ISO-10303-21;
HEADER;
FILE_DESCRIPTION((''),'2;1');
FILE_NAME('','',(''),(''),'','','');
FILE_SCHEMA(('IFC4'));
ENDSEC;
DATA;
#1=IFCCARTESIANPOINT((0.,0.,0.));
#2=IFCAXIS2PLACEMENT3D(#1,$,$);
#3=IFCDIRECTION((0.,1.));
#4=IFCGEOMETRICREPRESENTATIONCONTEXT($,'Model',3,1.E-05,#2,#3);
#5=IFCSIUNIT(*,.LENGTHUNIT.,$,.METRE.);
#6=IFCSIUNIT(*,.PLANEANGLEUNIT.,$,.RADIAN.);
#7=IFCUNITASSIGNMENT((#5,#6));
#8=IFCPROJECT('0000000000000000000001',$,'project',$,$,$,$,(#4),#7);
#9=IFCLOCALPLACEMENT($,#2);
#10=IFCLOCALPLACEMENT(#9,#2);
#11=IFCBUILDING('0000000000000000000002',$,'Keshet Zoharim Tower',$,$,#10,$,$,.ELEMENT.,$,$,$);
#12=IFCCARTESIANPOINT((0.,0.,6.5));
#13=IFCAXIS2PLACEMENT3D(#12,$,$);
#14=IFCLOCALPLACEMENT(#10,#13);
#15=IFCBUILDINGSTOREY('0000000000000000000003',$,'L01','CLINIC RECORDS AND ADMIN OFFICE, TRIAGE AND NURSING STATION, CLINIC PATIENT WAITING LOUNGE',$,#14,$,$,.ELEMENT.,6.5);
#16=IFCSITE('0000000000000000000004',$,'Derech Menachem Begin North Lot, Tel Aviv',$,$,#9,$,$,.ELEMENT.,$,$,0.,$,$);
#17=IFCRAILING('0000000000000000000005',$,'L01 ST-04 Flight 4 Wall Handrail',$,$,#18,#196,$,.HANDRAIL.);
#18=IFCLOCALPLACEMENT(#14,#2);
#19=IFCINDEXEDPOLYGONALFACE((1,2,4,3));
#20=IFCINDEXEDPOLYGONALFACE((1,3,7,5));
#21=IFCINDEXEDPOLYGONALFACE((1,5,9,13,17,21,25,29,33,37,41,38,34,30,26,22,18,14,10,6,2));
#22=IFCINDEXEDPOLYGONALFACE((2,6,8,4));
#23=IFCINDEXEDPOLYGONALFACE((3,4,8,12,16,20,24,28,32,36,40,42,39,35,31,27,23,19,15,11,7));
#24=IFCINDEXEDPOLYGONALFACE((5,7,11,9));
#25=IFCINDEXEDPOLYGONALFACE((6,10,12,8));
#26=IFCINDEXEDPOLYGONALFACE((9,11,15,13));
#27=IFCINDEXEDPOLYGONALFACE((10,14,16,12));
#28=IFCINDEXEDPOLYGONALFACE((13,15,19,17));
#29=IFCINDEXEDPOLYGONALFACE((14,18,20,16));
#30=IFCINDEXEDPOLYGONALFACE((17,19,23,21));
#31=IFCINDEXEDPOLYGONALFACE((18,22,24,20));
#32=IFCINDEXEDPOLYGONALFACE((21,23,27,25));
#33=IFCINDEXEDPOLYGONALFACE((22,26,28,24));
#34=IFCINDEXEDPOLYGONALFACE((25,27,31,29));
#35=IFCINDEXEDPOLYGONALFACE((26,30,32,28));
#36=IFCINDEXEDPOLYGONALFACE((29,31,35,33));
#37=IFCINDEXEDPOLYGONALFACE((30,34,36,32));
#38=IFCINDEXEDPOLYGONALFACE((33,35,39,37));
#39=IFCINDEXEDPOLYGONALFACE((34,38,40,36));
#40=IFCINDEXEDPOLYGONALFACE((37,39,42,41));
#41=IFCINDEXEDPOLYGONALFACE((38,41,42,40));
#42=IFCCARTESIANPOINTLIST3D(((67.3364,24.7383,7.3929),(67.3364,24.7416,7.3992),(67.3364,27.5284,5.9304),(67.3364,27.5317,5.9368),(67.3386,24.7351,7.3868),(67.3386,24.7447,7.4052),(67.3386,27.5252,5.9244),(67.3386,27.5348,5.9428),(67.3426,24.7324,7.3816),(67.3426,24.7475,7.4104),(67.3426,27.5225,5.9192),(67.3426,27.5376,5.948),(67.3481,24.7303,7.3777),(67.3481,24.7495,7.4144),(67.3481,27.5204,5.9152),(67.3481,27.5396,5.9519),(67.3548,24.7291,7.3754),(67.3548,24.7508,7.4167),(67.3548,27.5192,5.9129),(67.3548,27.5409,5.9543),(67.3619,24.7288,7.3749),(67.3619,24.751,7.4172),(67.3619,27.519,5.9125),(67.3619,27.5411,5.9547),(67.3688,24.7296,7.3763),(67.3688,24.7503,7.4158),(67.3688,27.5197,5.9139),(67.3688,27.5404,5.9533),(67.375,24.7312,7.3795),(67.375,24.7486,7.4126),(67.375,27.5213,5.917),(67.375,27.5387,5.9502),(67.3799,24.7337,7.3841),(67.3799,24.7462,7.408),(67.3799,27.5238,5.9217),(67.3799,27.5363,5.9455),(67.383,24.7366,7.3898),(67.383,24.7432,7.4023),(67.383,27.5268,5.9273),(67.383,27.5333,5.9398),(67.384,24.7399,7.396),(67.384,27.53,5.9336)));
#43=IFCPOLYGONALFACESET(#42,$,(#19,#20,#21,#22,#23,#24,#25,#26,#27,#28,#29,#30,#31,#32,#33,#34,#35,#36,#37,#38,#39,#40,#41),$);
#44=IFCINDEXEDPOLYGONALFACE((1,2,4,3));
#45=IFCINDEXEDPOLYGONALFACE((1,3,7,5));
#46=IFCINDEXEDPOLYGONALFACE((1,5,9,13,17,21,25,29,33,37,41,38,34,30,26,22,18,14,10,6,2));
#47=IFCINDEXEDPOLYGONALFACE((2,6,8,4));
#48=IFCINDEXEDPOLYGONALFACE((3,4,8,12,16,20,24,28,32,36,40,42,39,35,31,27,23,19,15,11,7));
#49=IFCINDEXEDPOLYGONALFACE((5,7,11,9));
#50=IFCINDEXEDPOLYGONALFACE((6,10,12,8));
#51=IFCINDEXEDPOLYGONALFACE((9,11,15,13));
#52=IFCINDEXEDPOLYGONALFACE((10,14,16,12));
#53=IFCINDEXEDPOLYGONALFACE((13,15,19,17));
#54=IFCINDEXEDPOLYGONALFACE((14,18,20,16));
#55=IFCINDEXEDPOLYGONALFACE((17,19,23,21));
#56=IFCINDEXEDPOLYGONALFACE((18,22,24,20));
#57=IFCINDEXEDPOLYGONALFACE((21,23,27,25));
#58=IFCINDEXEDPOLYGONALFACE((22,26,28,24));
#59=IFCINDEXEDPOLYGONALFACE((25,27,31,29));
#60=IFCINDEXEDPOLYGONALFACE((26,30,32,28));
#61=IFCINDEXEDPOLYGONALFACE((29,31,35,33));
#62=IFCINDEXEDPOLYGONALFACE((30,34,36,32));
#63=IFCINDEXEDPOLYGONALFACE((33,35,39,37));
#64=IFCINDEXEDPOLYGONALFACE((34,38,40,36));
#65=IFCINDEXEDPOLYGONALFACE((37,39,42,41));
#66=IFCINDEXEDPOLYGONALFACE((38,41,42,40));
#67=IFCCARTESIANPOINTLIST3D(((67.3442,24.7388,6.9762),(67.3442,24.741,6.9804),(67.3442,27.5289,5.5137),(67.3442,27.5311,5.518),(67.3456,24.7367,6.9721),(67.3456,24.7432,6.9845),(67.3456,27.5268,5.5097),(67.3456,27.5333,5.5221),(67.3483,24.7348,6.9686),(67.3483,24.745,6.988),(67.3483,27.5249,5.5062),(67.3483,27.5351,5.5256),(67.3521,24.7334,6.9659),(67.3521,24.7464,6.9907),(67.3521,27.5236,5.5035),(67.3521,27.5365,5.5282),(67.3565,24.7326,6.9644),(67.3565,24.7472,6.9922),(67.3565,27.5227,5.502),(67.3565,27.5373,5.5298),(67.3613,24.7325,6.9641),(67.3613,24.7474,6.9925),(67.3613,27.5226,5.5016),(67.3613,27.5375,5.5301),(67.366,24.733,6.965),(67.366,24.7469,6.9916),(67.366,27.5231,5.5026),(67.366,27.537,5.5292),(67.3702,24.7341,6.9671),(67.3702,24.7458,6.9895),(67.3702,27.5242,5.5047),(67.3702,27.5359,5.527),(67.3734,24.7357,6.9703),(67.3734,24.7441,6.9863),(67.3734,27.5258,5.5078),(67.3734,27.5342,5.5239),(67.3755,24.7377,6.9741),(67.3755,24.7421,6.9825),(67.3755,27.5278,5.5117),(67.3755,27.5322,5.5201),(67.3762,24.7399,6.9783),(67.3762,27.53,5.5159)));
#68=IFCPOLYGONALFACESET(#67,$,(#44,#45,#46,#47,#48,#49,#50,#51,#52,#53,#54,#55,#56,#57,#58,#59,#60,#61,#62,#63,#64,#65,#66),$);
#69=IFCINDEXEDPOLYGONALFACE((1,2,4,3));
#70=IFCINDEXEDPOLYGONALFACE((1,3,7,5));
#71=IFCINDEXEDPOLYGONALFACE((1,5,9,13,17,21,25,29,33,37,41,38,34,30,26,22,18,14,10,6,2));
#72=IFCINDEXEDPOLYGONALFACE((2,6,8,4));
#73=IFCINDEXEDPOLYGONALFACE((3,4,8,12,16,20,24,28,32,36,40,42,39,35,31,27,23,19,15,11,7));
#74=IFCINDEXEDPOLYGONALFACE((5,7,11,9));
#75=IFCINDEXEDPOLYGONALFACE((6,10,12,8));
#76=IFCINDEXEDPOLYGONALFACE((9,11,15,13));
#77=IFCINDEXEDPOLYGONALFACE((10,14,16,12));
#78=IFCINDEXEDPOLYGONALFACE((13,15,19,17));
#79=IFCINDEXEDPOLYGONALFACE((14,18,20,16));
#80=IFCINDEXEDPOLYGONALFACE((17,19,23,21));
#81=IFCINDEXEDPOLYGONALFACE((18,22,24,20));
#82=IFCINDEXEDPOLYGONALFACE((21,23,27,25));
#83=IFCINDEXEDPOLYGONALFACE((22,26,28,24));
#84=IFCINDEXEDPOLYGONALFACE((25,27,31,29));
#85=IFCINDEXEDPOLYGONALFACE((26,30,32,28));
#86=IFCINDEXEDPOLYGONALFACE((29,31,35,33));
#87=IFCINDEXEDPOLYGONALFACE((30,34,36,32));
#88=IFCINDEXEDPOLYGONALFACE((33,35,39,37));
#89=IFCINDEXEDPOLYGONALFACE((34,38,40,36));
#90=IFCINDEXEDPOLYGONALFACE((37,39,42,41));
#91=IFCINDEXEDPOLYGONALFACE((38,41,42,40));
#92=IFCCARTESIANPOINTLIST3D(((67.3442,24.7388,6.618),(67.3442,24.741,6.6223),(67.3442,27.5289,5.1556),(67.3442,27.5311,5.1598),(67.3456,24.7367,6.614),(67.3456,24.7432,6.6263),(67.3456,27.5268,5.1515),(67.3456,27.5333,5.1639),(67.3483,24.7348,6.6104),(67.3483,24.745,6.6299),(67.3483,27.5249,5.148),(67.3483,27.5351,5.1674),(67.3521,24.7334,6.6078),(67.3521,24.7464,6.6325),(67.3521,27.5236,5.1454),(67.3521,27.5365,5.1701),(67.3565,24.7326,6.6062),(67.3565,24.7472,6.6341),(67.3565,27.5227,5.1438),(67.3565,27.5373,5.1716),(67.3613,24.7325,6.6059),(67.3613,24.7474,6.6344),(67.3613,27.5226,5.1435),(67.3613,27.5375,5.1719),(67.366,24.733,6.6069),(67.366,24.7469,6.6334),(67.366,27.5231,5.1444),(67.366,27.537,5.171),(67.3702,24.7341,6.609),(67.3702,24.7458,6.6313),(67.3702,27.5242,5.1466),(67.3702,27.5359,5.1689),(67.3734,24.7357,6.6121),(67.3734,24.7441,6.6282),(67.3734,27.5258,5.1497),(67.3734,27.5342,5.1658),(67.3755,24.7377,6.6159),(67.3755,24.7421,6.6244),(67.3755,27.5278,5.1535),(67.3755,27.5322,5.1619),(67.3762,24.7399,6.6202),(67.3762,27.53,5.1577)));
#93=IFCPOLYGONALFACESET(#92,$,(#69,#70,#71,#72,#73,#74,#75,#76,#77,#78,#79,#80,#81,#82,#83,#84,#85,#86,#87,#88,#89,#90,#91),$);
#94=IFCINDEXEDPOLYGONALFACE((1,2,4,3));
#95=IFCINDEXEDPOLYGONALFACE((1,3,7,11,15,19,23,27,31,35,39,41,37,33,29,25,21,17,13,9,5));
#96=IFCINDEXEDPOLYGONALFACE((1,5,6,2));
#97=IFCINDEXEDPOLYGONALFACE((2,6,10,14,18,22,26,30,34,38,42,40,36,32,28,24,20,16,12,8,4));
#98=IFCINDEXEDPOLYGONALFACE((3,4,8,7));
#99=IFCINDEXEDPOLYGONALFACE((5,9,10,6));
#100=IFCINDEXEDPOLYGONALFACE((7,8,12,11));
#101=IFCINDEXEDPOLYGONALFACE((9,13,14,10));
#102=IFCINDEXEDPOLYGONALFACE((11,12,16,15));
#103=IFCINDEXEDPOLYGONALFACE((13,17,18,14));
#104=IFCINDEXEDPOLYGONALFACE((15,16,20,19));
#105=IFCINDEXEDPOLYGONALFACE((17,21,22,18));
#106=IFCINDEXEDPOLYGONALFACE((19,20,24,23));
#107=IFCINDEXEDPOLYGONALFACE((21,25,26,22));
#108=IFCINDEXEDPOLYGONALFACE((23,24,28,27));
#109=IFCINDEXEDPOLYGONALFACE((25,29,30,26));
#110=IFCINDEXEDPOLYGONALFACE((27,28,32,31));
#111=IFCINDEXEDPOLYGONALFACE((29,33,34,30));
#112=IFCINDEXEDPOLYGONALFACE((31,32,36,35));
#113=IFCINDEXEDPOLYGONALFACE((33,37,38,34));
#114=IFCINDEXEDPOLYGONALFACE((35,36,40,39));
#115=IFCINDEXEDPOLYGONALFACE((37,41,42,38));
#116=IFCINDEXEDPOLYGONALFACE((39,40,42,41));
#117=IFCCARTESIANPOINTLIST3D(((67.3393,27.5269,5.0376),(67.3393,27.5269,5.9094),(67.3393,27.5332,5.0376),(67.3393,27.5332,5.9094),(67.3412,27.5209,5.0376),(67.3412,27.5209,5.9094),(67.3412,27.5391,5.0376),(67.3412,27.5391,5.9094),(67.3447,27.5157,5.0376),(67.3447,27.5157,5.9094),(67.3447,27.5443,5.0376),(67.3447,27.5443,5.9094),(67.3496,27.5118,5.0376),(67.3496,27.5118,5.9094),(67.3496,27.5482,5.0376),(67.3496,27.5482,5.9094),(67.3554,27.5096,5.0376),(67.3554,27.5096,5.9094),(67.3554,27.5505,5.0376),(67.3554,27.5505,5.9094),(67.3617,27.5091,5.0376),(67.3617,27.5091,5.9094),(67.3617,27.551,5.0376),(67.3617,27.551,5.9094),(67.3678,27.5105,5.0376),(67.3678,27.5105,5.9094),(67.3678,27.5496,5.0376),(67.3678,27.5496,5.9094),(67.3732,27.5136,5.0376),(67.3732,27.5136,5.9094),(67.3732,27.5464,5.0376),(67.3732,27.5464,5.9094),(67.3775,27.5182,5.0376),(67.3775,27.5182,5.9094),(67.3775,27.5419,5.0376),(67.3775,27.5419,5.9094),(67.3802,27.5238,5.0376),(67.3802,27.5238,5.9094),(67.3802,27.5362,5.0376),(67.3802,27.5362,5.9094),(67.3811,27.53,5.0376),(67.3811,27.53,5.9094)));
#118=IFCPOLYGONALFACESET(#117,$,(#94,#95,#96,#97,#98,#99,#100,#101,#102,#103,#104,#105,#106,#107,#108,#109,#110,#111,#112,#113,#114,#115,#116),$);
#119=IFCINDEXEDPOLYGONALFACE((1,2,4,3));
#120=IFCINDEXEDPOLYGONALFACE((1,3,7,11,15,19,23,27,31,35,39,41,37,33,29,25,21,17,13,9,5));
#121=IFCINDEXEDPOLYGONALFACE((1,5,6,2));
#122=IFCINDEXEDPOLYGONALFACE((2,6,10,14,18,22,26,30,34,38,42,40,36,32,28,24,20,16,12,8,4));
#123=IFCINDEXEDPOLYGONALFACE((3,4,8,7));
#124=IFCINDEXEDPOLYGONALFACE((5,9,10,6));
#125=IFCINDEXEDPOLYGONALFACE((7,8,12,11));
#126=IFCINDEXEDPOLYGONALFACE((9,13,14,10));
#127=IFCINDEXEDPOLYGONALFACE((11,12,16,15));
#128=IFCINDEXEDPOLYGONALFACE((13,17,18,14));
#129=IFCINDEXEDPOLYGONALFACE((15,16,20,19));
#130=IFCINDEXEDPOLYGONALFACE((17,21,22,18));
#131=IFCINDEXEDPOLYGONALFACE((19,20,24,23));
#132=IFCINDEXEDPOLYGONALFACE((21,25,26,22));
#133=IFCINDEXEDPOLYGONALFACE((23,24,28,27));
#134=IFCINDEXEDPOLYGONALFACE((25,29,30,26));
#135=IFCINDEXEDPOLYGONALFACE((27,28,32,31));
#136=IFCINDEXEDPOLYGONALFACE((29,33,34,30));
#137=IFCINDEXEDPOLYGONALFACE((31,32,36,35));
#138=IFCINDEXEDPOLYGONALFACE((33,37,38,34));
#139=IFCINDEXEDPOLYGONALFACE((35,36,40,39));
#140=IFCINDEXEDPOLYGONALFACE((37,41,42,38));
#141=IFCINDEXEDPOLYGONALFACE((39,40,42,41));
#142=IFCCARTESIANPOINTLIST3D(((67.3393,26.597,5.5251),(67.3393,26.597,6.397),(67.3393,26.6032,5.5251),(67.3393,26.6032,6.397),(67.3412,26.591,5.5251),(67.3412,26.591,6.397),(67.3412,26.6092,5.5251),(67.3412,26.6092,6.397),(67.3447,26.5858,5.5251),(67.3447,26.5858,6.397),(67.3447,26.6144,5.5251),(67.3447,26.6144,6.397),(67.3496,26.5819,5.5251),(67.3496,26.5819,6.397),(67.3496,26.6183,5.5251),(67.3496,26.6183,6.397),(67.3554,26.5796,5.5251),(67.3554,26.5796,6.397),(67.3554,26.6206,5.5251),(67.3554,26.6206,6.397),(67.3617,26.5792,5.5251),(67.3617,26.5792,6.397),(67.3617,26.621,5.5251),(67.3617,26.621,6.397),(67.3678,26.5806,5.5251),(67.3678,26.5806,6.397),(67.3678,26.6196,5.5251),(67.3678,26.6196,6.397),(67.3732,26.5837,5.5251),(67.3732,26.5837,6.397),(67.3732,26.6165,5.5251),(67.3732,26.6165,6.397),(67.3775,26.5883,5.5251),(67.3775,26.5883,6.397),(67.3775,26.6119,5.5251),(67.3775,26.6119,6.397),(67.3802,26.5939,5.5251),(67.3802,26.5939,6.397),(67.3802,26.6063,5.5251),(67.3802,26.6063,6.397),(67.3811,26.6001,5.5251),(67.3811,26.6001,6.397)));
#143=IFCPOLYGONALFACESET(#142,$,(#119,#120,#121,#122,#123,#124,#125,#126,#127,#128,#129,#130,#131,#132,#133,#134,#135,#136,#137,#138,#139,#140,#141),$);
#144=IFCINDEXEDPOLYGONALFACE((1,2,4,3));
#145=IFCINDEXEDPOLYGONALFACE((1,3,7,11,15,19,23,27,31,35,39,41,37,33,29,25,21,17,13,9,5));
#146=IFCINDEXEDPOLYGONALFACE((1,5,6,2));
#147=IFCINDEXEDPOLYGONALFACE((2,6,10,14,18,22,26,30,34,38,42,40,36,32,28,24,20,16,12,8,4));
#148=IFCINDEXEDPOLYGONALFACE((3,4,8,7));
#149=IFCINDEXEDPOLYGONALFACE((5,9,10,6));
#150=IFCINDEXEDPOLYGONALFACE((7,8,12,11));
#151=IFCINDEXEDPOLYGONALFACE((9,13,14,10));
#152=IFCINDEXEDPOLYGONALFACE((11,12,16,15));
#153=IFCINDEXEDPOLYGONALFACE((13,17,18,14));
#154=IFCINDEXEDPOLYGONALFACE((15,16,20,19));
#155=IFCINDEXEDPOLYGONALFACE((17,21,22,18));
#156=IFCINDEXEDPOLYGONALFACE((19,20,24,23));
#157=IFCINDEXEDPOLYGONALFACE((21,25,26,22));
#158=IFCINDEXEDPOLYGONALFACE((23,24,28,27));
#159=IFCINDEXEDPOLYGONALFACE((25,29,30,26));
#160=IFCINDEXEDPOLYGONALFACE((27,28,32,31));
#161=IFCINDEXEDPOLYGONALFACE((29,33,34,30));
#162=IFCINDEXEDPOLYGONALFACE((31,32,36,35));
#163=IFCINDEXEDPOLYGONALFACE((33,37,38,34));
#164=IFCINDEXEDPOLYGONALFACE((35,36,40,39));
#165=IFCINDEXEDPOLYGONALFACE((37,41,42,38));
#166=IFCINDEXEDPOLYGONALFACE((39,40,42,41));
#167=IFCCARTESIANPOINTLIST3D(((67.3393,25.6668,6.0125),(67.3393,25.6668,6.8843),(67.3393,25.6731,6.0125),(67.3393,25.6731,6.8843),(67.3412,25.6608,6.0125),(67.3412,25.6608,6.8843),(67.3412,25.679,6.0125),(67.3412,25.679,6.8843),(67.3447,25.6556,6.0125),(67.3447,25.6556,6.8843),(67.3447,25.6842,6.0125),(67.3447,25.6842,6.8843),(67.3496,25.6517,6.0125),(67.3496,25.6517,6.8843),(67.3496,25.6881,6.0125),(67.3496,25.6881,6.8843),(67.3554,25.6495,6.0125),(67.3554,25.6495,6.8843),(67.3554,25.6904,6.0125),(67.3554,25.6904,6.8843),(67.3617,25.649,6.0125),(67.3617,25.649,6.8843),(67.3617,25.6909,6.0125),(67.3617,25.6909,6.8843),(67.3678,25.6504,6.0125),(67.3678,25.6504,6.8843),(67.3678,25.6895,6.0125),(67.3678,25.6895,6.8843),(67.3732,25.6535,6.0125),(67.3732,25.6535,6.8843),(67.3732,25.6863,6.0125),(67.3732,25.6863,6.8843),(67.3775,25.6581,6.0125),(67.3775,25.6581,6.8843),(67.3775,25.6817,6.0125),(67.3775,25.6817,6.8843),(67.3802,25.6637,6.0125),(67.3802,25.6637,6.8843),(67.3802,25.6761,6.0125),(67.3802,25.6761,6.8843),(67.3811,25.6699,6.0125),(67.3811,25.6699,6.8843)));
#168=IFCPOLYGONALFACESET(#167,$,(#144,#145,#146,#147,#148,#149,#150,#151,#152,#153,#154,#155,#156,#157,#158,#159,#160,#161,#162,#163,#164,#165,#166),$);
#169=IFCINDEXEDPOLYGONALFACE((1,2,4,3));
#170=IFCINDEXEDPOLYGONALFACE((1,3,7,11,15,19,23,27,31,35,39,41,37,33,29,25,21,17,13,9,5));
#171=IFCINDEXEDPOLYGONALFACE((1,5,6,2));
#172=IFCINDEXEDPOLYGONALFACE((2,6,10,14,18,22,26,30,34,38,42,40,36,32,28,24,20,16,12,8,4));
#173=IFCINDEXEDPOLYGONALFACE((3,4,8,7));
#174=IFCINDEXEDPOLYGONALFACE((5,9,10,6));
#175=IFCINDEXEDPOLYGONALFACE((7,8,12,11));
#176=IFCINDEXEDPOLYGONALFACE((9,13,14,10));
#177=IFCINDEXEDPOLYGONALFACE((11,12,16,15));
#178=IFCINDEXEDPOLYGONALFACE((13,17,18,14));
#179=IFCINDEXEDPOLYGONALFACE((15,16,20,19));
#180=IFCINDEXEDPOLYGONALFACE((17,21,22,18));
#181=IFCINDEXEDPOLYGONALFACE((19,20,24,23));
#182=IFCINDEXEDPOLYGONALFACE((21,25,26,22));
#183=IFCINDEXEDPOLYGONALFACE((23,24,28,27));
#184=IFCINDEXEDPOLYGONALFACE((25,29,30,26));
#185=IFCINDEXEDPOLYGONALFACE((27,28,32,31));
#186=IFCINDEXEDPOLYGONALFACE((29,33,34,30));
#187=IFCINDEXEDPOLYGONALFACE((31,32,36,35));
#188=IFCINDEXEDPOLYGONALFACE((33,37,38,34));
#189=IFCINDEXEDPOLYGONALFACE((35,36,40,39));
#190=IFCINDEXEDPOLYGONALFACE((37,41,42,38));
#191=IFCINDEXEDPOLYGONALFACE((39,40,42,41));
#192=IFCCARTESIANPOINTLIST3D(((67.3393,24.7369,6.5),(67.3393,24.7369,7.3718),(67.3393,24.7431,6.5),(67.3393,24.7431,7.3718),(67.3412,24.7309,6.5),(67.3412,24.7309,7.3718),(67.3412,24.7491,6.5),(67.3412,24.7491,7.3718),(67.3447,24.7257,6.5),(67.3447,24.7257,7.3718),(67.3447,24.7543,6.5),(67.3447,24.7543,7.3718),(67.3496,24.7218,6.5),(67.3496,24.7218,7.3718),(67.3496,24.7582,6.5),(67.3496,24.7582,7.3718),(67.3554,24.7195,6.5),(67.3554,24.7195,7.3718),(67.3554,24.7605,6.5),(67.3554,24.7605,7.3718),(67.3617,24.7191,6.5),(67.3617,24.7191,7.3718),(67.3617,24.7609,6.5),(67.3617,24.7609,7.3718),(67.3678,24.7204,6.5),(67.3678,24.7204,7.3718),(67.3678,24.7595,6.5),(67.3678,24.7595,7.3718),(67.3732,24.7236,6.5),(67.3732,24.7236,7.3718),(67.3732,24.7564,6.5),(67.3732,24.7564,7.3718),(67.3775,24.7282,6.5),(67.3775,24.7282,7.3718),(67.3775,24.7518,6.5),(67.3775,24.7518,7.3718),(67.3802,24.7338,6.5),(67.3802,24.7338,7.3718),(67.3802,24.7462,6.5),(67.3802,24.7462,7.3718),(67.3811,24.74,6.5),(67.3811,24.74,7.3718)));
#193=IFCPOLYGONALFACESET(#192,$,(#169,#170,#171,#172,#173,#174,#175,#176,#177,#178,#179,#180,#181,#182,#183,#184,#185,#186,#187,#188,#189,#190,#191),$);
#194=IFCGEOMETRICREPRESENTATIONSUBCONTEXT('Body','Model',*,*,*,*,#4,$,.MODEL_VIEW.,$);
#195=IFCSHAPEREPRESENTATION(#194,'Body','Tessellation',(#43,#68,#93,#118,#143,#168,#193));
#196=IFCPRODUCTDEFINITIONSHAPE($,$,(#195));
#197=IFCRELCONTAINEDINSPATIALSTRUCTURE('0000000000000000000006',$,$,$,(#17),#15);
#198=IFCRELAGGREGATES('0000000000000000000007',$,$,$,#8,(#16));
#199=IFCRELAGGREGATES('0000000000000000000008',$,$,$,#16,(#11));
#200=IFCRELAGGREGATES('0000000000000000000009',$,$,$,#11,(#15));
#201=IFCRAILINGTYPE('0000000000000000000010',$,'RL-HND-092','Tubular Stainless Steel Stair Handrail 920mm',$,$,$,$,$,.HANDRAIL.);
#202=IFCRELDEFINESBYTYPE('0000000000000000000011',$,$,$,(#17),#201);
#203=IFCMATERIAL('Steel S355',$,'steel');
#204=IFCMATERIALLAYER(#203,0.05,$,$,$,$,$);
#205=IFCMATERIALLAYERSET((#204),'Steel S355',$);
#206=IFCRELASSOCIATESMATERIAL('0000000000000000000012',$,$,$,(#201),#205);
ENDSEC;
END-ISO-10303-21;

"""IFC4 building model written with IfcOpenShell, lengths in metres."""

from ifc_helpers import new_model, si_unit, direction, frame, origin, origin_2d, place, context, subcontext, project, spatial, circle, extrude, material, layer, layer_set, type_object, element, save


model = new_model("IFC4")

# Units and contexts
model_context = context("Model", 3, precision=1e-05, world=origin(), true_north=direction((0.0, 1.0)))
body_context = subcontext(model_context, "Body", "Model", "MODEL_VIEW")
ifc_project = project(units=[si_unit("LENGTHUNIT", "METRE"), si_unit("PLANEANGLEUNIT", "RADIAN")], contexts=[model_context])

# Site, building, storey
site_placement = place(None, origin())
site = spatial("IfcSite", under=ifc_project, at=site_placement, Name="Derech Menachem Begin North Lot, Tel Aviv", CompositionType="ELEMENT", RefElevation=0.0)
building_placement = place(site_placement, origin())
building = spatial("IfcBuilding", under=site, at=building_placement, Name="Keshet Zoharim Tower", CompositionType="ELEMENT")
storey_placement = place(building_placement, frame((0.0, 0.0, 6.5)))
storey = spatial("IfcBuildingStorey", under=building, at=storey_placement, Name="L01", Description="CLINIC RECORDS AND ADMIN OFFICE, TRIAGE AND NURSING STATION, CLINIC PATIENT WAITING LOUNGE", CompositionType="ELEMENT", Elevation=6.5)

# Shared definitions
ifc_material_1 = material(Name="Steel S355", Category="steel")

# Railing
ifc_layer_1 = layer(ifc_material_1, 0.05)
ifc_layer_set_1 = layer_set([ifc_layer_1], Name="Steel S355")
railing_type_1 = type_object("IfcRailingType", Name="RL-HND-092", Description="Tubular Stainless Steel Stair Handrail 920mm", PredefinedType="HANDRAIL", material=ifc_layer_set_1)
railing_1_placement = place(storey_placement, frame((67.3601, 27.53, 5.0376)))
element("IfcRailing", 1, at=railing_1_placement, inside=storey, type_object=railing_type_1, Name="L01 ST-04 Flight 4 Wall Handrail", PredefinedType="HANDRAIL", context=body_context, shape_type="SweptSolid", body=[
    extrude(circle(Radius=0.0239, at=origin_2d()), frame((0.0, 0.0, 0.896), z_axis=(0.0, -0.885707, 0.464244), x_axis=(1.0, 0.0, 0.0)), (0.0, 0.0, 1.0), 3.1501),
    extrude(circle(Radius=0.0161, at=origin_2d()), frame((0.0, 0.0, 0.4783), z_axis=(0.0, -0.885707, 0.464244), x_axis=(1.0, 0.0, 0.0)), (0.0, 0.0, 1.0), 3.1501),
    extrude(circle(Radius=0.0161, at=origin_2d()), frame((0.0, 0.0, 0.1201), z_axis=(0.0, -0.885707, 0.464244), x_axis=(1.0, 0.0, 0.0)), (0.0, 0.0, 1.0), 3.1501),
    extrude(circle(Radius=0.021, at=origin_2d()), origin(), (0.0, 0.0, 1.0), 0.8718),
    extrude(circle(Radius=0.021, at=origin_2d()), frame((0.0, -0.9299, 0.4875)), (0.0, 0.0, 1.0), 0.8718),
    extrude(circle(Radius=0.021, at=origin_2d()), frame((0.0, -1.8601, 0.9749)), (0.0, 0.0, 1.0), 0.8718),
    extrude(circle(Radius=0.021, at=origin_2d()), frame((0.0, -2.79, 1.4624)), (0.0, 0.0, 1.0), 0.8718),
])

save(model, "model.ifc")
